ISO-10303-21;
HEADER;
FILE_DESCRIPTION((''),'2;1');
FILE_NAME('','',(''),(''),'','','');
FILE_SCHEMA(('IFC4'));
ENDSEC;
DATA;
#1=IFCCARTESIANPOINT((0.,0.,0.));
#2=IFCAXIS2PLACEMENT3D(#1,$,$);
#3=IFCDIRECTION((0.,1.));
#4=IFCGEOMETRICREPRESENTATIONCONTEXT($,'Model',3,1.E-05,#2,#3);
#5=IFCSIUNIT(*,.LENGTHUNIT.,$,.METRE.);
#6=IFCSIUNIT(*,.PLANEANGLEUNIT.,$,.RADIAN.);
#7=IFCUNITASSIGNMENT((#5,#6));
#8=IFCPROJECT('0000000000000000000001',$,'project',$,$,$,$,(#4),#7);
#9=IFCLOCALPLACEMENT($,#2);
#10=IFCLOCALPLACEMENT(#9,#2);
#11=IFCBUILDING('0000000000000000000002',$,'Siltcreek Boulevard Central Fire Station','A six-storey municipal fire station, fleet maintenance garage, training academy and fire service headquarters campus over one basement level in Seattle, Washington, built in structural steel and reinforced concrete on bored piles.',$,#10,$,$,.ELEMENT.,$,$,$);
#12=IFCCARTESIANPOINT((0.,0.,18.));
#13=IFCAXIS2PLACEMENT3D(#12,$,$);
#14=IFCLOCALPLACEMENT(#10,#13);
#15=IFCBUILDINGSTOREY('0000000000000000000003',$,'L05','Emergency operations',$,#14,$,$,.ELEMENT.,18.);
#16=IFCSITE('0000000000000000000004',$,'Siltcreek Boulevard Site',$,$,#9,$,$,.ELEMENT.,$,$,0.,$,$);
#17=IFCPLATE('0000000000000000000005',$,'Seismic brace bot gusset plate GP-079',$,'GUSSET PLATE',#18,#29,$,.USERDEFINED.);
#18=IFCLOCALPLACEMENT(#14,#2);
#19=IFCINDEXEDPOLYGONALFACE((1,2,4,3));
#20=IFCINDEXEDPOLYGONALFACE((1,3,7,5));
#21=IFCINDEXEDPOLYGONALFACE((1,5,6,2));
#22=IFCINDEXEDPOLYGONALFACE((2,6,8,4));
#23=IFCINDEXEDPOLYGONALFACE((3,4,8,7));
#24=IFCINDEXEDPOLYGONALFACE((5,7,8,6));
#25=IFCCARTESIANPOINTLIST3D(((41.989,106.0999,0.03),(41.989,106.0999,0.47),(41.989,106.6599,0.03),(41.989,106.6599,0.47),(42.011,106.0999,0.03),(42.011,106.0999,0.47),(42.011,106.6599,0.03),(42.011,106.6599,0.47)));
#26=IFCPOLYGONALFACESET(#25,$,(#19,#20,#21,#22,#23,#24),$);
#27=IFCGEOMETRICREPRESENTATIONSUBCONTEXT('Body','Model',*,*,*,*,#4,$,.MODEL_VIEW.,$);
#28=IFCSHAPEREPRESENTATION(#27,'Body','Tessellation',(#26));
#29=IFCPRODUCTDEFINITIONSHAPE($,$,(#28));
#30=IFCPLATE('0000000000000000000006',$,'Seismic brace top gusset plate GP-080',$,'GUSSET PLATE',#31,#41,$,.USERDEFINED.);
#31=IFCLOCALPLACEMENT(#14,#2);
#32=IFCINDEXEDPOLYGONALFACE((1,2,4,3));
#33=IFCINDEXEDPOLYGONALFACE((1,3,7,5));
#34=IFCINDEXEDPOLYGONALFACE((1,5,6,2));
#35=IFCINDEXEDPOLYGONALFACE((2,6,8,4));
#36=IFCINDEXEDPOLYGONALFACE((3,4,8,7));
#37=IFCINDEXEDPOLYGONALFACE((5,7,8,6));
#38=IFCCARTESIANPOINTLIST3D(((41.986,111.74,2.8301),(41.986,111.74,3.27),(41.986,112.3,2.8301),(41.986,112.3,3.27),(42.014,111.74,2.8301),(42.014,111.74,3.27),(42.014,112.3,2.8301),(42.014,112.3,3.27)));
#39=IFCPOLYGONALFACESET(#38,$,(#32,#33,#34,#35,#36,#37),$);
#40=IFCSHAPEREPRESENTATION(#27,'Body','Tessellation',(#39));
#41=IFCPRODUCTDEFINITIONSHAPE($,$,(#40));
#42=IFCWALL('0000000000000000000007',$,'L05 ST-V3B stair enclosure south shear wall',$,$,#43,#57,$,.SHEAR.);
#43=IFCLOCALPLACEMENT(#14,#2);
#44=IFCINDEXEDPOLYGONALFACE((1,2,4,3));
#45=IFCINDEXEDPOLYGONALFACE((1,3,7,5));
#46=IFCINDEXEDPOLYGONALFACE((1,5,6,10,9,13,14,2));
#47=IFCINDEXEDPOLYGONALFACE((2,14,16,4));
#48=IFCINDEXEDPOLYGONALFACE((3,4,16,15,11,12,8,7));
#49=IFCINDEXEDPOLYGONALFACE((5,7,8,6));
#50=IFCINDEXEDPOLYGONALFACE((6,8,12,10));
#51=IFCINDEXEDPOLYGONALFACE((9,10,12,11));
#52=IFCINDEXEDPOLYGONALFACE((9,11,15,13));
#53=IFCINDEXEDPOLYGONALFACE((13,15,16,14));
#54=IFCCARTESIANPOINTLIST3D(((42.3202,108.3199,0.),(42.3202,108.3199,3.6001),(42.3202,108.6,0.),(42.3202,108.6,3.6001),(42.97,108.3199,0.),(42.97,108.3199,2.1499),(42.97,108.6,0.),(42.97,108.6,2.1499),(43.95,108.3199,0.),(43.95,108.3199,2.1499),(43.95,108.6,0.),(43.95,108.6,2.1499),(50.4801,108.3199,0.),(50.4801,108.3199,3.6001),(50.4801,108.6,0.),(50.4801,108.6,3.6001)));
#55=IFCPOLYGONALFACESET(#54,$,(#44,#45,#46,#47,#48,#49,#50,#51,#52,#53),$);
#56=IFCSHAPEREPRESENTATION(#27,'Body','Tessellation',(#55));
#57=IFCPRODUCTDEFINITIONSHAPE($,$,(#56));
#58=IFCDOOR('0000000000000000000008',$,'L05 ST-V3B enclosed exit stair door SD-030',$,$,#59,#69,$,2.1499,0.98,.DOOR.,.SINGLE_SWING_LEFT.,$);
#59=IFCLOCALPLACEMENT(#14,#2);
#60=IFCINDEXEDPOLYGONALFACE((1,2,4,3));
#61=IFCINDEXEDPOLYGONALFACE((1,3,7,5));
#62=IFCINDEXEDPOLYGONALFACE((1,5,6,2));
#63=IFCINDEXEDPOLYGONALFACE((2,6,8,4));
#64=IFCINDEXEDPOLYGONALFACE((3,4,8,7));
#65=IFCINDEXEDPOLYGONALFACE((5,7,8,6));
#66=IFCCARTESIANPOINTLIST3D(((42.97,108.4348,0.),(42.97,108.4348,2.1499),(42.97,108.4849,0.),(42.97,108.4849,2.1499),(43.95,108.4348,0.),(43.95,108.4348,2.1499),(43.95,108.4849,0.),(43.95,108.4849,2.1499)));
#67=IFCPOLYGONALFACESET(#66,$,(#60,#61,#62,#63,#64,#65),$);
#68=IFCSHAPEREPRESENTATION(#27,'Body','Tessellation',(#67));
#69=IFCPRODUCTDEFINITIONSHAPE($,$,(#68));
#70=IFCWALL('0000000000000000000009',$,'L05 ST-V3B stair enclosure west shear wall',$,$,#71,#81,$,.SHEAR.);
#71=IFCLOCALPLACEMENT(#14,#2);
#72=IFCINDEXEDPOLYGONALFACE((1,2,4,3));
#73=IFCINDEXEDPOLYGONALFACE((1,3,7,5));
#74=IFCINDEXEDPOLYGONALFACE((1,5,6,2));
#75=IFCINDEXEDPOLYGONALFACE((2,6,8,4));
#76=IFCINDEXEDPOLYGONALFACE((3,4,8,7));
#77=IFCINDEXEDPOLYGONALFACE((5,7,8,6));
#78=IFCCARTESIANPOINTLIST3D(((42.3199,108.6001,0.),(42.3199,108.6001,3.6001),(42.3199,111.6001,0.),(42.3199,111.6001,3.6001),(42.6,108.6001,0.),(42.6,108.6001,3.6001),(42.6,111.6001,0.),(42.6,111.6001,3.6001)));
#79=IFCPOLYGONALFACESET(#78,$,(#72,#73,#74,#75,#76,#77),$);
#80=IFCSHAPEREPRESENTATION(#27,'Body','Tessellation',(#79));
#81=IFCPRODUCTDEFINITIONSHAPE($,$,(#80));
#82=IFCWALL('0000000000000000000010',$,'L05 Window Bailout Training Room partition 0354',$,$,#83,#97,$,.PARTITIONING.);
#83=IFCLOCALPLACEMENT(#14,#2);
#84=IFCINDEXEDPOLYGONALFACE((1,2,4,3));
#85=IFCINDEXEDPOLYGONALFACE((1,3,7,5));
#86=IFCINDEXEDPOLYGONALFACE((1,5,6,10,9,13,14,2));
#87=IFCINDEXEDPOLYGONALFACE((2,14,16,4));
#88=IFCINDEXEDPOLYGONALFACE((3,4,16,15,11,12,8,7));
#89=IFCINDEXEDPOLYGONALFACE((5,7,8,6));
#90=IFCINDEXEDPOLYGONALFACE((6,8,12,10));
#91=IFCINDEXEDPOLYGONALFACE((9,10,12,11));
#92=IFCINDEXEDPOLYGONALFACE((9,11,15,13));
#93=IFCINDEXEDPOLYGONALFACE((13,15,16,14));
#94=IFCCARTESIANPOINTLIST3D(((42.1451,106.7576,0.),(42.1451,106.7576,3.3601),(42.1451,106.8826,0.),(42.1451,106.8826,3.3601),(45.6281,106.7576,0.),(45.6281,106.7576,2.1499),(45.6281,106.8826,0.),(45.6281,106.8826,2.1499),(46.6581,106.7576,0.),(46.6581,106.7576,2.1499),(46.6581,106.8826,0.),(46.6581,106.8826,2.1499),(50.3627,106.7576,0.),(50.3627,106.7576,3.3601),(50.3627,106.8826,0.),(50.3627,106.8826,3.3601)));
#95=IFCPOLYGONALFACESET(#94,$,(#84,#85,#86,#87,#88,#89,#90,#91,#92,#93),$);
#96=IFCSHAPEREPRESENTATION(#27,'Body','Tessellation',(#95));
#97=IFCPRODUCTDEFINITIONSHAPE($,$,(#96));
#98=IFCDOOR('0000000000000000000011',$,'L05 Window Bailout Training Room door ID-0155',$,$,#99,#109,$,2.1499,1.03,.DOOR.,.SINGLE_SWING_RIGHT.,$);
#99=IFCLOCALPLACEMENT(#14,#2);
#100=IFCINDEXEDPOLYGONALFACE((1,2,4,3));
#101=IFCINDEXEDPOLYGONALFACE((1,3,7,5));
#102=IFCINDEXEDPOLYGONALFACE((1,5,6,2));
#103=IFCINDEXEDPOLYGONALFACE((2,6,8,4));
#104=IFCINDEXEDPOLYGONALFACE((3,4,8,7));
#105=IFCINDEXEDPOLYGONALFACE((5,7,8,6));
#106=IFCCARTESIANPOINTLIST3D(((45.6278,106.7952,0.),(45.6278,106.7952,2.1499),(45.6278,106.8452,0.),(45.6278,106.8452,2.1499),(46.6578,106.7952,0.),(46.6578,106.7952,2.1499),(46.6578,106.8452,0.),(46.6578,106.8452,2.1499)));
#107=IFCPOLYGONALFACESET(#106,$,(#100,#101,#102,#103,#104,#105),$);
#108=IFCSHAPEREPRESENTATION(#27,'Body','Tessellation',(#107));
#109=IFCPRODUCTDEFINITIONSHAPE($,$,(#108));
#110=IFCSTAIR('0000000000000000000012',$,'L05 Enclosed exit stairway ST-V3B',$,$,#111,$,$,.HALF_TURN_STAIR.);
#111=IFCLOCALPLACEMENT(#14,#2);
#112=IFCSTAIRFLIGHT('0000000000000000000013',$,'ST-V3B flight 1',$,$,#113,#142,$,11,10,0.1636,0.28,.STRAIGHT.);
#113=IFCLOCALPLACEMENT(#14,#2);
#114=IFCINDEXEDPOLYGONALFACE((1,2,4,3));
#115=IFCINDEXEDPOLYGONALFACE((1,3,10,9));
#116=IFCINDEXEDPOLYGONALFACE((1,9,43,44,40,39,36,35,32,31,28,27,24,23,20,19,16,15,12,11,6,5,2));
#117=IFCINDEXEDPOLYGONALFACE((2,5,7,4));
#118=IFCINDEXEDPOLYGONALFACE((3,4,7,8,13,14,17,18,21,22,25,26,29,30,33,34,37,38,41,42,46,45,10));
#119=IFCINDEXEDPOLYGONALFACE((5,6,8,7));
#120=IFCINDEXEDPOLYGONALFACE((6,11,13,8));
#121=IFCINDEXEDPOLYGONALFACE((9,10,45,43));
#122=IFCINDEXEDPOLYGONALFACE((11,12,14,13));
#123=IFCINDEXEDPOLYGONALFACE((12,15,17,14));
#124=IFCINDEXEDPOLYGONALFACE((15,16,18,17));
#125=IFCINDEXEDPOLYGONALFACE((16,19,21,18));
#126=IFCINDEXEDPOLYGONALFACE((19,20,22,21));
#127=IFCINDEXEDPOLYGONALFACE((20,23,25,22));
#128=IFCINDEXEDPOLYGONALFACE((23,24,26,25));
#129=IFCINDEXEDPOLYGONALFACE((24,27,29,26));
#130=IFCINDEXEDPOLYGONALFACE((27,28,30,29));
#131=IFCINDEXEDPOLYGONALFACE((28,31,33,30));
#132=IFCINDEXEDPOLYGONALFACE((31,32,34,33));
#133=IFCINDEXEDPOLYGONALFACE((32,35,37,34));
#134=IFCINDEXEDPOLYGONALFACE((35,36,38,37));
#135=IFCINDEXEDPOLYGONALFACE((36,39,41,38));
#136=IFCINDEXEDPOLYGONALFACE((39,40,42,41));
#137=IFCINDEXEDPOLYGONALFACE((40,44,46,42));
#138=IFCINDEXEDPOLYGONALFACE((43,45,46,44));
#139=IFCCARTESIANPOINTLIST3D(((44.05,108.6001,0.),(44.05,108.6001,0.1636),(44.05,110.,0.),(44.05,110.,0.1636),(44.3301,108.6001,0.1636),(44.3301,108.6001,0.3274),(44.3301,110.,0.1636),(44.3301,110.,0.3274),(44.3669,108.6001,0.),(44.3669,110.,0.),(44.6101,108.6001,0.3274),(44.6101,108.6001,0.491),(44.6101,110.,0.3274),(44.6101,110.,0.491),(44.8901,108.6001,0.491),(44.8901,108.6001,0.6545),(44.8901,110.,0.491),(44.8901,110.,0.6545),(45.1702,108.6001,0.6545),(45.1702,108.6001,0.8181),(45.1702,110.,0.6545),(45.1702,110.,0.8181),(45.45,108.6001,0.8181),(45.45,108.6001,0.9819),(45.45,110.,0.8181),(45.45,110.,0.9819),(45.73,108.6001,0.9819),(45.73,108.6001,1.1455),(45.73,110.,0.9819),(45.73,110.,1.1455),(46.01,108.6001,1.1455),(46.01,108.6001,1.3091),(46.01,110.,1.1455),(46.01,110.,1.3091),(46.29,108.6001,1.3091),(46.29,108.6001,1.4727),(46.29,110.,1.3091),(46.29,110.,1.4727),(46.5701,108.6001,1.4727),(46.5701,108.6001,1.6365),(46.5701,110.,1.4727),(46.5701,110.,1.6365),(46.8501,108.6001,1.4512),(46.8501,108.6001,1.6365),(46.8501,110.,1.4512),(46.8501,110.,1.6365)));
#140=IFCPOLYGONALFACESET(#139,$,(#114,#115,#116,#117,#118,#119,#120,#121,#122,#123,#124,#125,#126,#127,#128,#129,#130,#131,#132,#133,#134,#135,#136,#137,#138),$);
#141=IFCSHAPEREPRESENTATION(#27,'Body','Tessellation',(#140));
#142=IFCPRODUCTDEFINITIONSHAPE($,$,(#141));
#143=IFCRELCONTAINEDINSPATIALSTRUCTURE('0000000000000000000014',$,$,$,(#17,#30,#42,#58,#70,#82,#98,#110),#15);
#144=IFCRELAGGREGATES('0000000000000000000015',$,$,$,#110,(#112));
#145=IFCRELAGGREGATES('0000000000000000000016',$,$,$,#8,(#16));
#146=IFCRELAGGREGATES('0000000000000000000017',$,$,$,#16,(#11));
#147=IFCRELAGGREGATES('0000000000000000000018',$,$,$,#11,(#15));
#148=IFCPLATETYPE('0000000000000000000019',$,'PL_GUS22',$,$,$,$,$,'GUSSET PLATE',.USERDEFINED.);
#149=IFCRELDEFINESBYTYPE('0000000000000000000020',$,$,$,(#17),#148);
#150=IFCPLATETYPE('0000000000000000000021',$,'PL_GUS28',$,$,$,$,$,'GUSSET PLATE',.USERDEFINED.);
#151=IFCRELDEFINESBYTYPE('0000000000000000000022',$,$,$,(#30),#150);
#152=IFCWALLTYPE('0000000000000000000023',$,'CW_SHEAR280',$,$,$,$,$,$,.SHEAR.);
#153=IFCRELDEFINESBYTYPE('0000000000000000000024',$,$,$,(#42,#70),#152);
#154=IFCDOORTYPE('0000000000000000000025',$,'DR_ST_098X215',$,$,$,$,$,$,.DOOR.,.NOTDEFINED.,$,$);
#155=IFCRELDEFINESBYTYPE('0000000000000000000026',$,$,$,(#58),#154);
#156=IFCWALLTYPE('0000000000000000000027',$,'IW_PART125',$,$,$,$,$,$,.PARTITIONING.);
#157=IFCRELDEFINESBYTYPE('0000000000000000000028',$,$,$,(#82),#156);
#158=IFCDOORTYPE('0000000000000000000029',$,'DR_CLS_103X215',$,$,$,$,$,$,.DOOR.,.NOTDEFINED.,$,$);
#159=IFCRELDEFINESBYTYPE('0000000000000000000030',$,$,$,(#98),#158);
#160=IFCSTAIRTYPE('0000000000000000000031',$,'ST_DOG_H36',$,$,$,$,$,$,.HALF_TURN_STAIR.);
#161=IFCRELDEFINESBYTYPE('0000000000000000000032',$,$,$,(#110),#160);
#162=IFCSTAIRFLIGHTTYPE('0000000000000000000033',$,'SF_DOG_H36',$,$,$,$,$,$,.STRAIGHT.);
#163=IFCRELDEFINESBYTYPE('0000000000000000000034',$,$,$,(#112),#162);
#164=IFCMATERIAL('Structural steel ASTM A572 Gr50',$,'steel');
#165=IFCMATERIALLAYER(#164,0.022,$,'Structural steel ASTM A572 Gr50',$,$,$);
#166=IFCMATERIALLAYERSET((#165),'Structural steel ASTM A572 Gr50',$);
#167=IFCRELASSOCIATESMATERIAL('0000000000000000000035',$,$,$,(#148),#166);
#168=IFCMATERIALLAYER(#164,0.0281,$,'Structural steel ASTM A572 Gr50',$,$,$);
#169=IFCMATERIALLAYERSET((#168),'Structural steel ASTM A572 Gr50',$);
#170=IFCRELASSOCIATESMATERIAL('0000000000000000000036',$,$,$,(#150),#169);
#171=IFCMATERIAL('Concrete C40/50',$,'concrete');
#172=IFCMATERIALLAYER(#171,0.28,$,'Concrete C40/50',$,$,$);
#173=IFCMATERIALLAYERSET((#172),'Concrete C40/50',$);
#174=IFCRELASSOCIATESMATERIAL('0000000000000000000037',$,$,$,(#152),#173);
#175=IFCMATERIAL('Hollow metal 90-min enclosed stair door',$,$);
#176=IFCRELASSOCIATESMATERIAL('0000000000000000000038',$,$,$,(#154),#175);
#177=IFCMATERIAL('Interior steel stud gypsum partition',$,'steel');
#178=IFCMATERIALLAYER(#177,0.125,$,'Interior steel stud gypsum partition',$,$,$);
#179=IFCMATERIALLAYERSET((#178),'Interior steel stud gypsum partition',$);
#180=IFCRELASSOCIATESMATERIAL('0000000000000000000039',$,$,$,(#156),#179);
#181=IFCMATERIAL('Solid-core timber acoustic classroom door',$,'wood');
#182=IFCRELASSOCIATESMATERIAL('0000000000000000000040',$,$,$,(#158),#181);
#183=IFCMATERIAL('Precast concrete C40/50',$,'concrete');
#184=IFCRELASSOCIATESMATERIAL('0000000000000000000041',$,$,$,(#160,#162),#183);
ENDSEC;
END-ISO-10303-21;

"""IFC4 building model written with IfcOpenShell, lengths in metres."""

from ifc_helpers import new_model, si_unit, direction, frame, frame_2d, origin, origin_2d, place, context, subcontext, project, spatial, polyline, rectangle, outline, extrude, material, layer, layer_set, type_object, element, fill, aggregate, save


model = new_model("IFC4")

# Units and contexts
model_context = context("Model", 3, precision=1e-05, world=origin(), true_north=direction((0.0, 1.0)))
body_context = subcontext(model_context, "Body", "Model", "MODEL_VIEW")
ifc_project = project(units=[si_unit("LENGTHUNIT", "METRE"), si_unit("PLANEANGLEUNIT", "RADIAN")], contexts=[model_context])

# Site, building, storey
site_placement = place(None, origin())
site = spatial("IfcSite", under=ifc_project, at=site_placement, Name="Siltcreek Boulevard Site", CompositionType="ELEMENT", RefElevation=0.0)
building_placement = place(site_placement, origin())
building = spatial("IfcBuilding", under=site, at=building_placement, Name="Siltcreek Boulevard Central Fire Station", Description="A six-storey municipal fire station, fleet maintenance garage, training academy and fire service headquarters campus over one basement level in Seattle, Washington, built in structural steel and reinforced concrete on bored piles.", CompositionType="ELEMENT")
storey_placement = place(building_placement, frame((0.0, 0.0, 18.0)))
storey = spatial("IfcBuildingStorey", under=building, at=storey_placement, Name="L05", Description="Emergency operations", CompositionType="ELEMENT", Elevation=18.0)

# Plates
ifc_material_1 = material(Name="Structural steel ASTM A572 Gr50", Category="steel")
ifc_layer_1 = layer(ifc_material_1, 0.022, Name="Structural steel ASTM A572 Gr50")
ifc_layer_set_1 = layer_set([ifc_layer_1], Name="Structural steel ASTM A572 Gr50")
plate_type_1 = type_object("IfcPlateType", Name="PL_GUS22", ElementType="GUSSET PLATE", PredefinedType="USERDEFINED", material=ifc_layer_set_1)
plate_1_placement = place(storey_placement, frame((42.0, 106.3799, 0.03), z_axis=(0.0, 0.0, 1.0), x_axis=(0.0, 1.0, 0.0)))
element("IfcPlate", 1, at=plate_1_placement, inside=storey, type_object=plate_type_1, Name="Seismic brace bot gusset plate GP-079", ObjectType="GUSSET PLATE", PredefinedType="USERDEFINED", context=body_context, shape_type="SweptSolid", body=[
    extrude(rectangle(XDim=0.5601, YDim=0.022, at=origin_2d()), origin(), (0.0, 0.0, 1.0), 0.4399),
])
ifc_layer_2 = layer(ifc_material_1, 0.0281, Name="Structural steel ASTM A572 Gr50")
ifc_layer_set_2 = layer_set([ifc_layer_2], Name="Structural steel ASTM A572 Gr50")
plate_type_2 = type_object("IfcPlateType", Name="PL_GUS28", ElementType="GUSSET PLATE", PredefinedType="USERDEFINED", material=ifc_layer_set_2)
plate_2_placement = place(storey_placement, frame((42.0, 112.02, 2.8301), z_axis=(0.0, 0.0, 1.0), x_axis=(0.0, 1.0, 0.0)))
element("IfcPlate", 2, at=plate_2_placement, inside=storey, type_object=plate_type_2, Name="Seismic brace top gusset plate GP-080", ObjectType="GUSSET PLATE", PredefinedType="USERDEFINED", context=body_context, shape_type="SweptSolid", body=[
    extrude(rectangle(XDim=0.5601, YDim=0.0281, at=origin_2d()), origin(), (0.0, 0.0, 1.0), 0.4399),
])

# Wall, opening, door
ifc_material_2 = material(Name="Concrete C40/50", Category="concrete")
ifc_layer_3 = layer(ifc_material_2, 0.28, Name="Concrete C40/50")
ifc_layer_set_3 = layer_set([ifc_layer_3], Name="Concrete C40/50")
wall_type_1 = type_object("IfcWallType", Name="CW_SHEAR280", PredefinedType="SHEAR", material=ifc_layer_set_3)
wall_1_placement = place(storey_placement, frame((42.3201, 108.46, 0.0), z_axis=(0.0, 0.0, 1.0), x_axis=(1.0, 0.0, 0.0)))
wall_1 = element("IfcWall", 3, at=wall_1_placement, inside=storey, type_object=wall_type_1, Name="L05 ST-V3B stair enclosure south shear wall", PredefinedType="SHEAR", context=body_context, shape_type="SweptSolid", body=[
    extrude(rectangle(XDim=8.1599, YDim=0.28, at=frame_2d((4.0801, 0.0))), origin(), (0.0, 0.0, 1.0), 3.6001),
])
opening_1_placement = place(wall_1_placement, frame((0.6499, 0.0, 0.0)))
opening_1 = element("IfcOpeningElement", 4, at=opening_1_placement, cuts=wall_1, PredefinedType="OPENING", context=body_context, shape_type="SweptSolid", body=[
    extrude(rectangle(XDim=0.98, YDim=2.1499, at=frame_2d((0.49, 1.075))), frame((0.0, 0.1499, 0.0), z_axis=(0.0, -1.0, 0.0), x_axis=(1.0, 0.0, 0.0)), (0.0, 0.0, 1.0), 0.3),
])
ifc_material_3 = material(Name="Hollow metal 90-min enclosed stair door")
door_type_1 = type_object("IfcDoorType", Name="DR_ST_098X215", OperationType="NOTDEFINED", PredefinedType="DOOR", material=ifc_material_3)
door_1_placement = place(opening_1_placement, origin())
door_1 = element("IfcDoor", 5, at=door_1_placement, inside=storey, type_object=door_type_1, Name="L05 ST-V3B enclosed exit stair door SD-030", OperationType="SINGLE_SWING_LEFT", OverallHeight=2.1499, OverallWidth=0.98, PredefinedType="DOOR", context=body_context, shape_type="SweptSolid", body=[
    extrude(rectangle(XDim=0.98, YDim=2.1499, at=frame_2d((0.49, 1.075))), frame((0.0, 0.0249, 0.0), z_axis=(0.0, -1.0, 0.0), x_axis=(1.0, 0.0, 0.0)), (0.0, 0.0, 1.0), 0.05),
])
fill(opening_1, door_1)

# Wall
wall_2_placement = place(storey_placement, frame((42.46, 111.6001, 0.0), z_axis=(0.0, 0.0, 1.0), x_axis=(0.0, -1.0, 0.0)))
element("IfcWall", 6, at=wall_2_placement, inside=storey, type_object=wall_type_1, Name="L05 ST-V3B stair enclosure west shear wall", PredefinedType="SHEAR", context=body_context, shape_type="SweptSolid", body=[
    extrude(rectangle(XDim=3.0, YDim=0.28, at=frame_2d((1.5, 0.0))), origin(), (0.0, 0.0, 1.0), 3.6001),
])

# Wall, opening, door
ifc_material_4 = material(Name="Interior steel stud gypsum partition", Category="steel")
ifc_layer_4 = layer(ifc_material_4, 0.125, Name="Interior steel stud gypsum partition")
ifc_layer_set_4 = layer_set([ifc_layer_4], Name="Interior steel stud gypsum partition")
wall_type_2 = type_object("IfcWallType", Name="IW_PART125", PredefinedType="PARTITIONING", material=ifc_layer_set_4)
wall_3_placement = place(storey_placement, frame((42.145, 106.8201, 0.0), z_axis=(0.0, 0.0, 1.0), x_axis=(1.0, 0.0, 0.0)))
wall_3 = element("IfcWall", 7, at=wall_3_placement, inside=storey, type_object=wall_type_2, Name="L05 Window Bailout Training Room partition 0354", PredefinedType="PARTITIONING", context=body_context, shape_type="SweptSolid", body=[
    extrude(rectangle(XDim=8.2175, YDim=0.125, at=frame_2d((4.1089, 0.0))), origin(), (0.0, 0.0, 1.0), 3.3601),
])
opening_2_placement = place(wall_3_placement, frame((3.4829, 0.0, 0.0)))
opening_2 = element("IfcOpeningElement", 8, at=opening_2_placement, cuts=wall_3, PredefinedType="OPENING", context=body_context, shape_type="SweptSolid", body=[
    extrude(rectangle(XDim=1.03, YDim=2.1499, at=frame_2d((0.5151, 1.075))), frame((0.0, 0.0725, 0.0), z_axis=(0.0, -1.0, 0.0), x_axis=(1.0, 0.0, 0.0)), (0.0, 0.0, 1.0), 0.145),
])
ifc_material_5 = material(Name="Solid-core timber acoustic classroom door", Category="wood")
door_type_2 = type_object("IfcDoorType", Name="DR_CLS_103X215", OperationType="NOTDEFINED", PredefinedType="DOOR", material=ifc_material_5)
door_2_placement = place(opening_2_placement, frame((1.03, 0.0, 0.0), z_axis=(0.0, 0.0, 1.0), x_axis=(-1.0, 0.0, 0.0)))
door_2 = element("IfcDoor", 9, at=door_2_placement, inside=storey, type_object=door_type_2, Name="L05 Window Bailout Training Room door ID-0155", OperationType="SINGLE_SWING_RIGHT", OverallHeight=2.1499, OverallWidth=1.03, PredefinedType="DOOR", context=body_context, shape_type="SweptSolid", body=[
    extrude(rectangle(XDim=1.03, YDim=2.1499, at=frame_2d((0.5151, 1.075))), frame((0.0, 0.0249, 0.0), z_axis=(0.0, -1.0, 0.0), x_axis=(1.0, 0.0, 0.0)), (0.0, 0.0, 1.0), 0.05),
])
fill(opening_2, door_2)

# Stair, stair flight
ifc_material_6 = material(Name="Precast concrete C40/50", Category="concrete")
stair_type = type_object("IfcStairType", Name="ST_DOG_H36", PredefinedType="HALF_TURN_STAIR", material=ifc_material_6)
stair_placement = place(storey_placement, origin())
stair = element("IfcStair", 10, at=stair_placement, inside=storey, type_object=stair_type, Name="L05 Enclosed exit stairway ST-V3B", PredefinedType="HALF_TURN_STAIR")
stair_flight_type = type_object("IfcStairFlightType", Name="SF_DOG_H36", PredefinedType="STRAIGHT", material=ifc_material_6)
stair_flight_1_placement = place(storey_placement, frame((44.05, 109.3, 0.0), z_axis=(0.0, 0.0, 1.0), x_axis=(1.0, 0.0, 0.0)))
stair_flight_1 = element("IfcStairFlight", 11, at=stair_flight_1_placement, type_object=stair_flight_type, Name="ST-V3B flight 1", NumberOfRisers=11, NumberOfTreads=10, PredefinedType="STRAIGHT", RiserHeight=0.1636, TreadLength=0.28, context=body_context, shape_type="SweptSolid", body=[
    extrude(outline(polyline([(0.0, 0.0), (0.0, 0.1636), (0.28, 0.1636), (0.28, 0.3274), (0.5601, 0.3274), (0.5601, 0.491), (0.8401, 0.491), (0.8401, 0.6545), (1.1201, 0.6545), (1.1201, 0.8181), (1.3999, 0.8181), (1.3999, 0.9819), (1.6799, 0.9819), (1.6799, 1.1455), (1.96, 1.1455), (1.96, 1.3091), (2.24, 1.3091), (2.24, 1.4727), (2.52, 1.4727), (2.52, 1.6365), (2.8, 1.6365), (2.8, 1.8), (2.8, 1.4512), (0.3169, 0.0), (0.0, 0.0)])), frame((0.0, 0.7, 0.0), z_axis=(0.0, -1.0, 0.0), x_axis=(1.0, 0.0, 0.0)), (0.0, 0.0, 1.0), 1.3999),
])
aggregate(stair, [stair_flight_1])

save(model, "model.ifc")
